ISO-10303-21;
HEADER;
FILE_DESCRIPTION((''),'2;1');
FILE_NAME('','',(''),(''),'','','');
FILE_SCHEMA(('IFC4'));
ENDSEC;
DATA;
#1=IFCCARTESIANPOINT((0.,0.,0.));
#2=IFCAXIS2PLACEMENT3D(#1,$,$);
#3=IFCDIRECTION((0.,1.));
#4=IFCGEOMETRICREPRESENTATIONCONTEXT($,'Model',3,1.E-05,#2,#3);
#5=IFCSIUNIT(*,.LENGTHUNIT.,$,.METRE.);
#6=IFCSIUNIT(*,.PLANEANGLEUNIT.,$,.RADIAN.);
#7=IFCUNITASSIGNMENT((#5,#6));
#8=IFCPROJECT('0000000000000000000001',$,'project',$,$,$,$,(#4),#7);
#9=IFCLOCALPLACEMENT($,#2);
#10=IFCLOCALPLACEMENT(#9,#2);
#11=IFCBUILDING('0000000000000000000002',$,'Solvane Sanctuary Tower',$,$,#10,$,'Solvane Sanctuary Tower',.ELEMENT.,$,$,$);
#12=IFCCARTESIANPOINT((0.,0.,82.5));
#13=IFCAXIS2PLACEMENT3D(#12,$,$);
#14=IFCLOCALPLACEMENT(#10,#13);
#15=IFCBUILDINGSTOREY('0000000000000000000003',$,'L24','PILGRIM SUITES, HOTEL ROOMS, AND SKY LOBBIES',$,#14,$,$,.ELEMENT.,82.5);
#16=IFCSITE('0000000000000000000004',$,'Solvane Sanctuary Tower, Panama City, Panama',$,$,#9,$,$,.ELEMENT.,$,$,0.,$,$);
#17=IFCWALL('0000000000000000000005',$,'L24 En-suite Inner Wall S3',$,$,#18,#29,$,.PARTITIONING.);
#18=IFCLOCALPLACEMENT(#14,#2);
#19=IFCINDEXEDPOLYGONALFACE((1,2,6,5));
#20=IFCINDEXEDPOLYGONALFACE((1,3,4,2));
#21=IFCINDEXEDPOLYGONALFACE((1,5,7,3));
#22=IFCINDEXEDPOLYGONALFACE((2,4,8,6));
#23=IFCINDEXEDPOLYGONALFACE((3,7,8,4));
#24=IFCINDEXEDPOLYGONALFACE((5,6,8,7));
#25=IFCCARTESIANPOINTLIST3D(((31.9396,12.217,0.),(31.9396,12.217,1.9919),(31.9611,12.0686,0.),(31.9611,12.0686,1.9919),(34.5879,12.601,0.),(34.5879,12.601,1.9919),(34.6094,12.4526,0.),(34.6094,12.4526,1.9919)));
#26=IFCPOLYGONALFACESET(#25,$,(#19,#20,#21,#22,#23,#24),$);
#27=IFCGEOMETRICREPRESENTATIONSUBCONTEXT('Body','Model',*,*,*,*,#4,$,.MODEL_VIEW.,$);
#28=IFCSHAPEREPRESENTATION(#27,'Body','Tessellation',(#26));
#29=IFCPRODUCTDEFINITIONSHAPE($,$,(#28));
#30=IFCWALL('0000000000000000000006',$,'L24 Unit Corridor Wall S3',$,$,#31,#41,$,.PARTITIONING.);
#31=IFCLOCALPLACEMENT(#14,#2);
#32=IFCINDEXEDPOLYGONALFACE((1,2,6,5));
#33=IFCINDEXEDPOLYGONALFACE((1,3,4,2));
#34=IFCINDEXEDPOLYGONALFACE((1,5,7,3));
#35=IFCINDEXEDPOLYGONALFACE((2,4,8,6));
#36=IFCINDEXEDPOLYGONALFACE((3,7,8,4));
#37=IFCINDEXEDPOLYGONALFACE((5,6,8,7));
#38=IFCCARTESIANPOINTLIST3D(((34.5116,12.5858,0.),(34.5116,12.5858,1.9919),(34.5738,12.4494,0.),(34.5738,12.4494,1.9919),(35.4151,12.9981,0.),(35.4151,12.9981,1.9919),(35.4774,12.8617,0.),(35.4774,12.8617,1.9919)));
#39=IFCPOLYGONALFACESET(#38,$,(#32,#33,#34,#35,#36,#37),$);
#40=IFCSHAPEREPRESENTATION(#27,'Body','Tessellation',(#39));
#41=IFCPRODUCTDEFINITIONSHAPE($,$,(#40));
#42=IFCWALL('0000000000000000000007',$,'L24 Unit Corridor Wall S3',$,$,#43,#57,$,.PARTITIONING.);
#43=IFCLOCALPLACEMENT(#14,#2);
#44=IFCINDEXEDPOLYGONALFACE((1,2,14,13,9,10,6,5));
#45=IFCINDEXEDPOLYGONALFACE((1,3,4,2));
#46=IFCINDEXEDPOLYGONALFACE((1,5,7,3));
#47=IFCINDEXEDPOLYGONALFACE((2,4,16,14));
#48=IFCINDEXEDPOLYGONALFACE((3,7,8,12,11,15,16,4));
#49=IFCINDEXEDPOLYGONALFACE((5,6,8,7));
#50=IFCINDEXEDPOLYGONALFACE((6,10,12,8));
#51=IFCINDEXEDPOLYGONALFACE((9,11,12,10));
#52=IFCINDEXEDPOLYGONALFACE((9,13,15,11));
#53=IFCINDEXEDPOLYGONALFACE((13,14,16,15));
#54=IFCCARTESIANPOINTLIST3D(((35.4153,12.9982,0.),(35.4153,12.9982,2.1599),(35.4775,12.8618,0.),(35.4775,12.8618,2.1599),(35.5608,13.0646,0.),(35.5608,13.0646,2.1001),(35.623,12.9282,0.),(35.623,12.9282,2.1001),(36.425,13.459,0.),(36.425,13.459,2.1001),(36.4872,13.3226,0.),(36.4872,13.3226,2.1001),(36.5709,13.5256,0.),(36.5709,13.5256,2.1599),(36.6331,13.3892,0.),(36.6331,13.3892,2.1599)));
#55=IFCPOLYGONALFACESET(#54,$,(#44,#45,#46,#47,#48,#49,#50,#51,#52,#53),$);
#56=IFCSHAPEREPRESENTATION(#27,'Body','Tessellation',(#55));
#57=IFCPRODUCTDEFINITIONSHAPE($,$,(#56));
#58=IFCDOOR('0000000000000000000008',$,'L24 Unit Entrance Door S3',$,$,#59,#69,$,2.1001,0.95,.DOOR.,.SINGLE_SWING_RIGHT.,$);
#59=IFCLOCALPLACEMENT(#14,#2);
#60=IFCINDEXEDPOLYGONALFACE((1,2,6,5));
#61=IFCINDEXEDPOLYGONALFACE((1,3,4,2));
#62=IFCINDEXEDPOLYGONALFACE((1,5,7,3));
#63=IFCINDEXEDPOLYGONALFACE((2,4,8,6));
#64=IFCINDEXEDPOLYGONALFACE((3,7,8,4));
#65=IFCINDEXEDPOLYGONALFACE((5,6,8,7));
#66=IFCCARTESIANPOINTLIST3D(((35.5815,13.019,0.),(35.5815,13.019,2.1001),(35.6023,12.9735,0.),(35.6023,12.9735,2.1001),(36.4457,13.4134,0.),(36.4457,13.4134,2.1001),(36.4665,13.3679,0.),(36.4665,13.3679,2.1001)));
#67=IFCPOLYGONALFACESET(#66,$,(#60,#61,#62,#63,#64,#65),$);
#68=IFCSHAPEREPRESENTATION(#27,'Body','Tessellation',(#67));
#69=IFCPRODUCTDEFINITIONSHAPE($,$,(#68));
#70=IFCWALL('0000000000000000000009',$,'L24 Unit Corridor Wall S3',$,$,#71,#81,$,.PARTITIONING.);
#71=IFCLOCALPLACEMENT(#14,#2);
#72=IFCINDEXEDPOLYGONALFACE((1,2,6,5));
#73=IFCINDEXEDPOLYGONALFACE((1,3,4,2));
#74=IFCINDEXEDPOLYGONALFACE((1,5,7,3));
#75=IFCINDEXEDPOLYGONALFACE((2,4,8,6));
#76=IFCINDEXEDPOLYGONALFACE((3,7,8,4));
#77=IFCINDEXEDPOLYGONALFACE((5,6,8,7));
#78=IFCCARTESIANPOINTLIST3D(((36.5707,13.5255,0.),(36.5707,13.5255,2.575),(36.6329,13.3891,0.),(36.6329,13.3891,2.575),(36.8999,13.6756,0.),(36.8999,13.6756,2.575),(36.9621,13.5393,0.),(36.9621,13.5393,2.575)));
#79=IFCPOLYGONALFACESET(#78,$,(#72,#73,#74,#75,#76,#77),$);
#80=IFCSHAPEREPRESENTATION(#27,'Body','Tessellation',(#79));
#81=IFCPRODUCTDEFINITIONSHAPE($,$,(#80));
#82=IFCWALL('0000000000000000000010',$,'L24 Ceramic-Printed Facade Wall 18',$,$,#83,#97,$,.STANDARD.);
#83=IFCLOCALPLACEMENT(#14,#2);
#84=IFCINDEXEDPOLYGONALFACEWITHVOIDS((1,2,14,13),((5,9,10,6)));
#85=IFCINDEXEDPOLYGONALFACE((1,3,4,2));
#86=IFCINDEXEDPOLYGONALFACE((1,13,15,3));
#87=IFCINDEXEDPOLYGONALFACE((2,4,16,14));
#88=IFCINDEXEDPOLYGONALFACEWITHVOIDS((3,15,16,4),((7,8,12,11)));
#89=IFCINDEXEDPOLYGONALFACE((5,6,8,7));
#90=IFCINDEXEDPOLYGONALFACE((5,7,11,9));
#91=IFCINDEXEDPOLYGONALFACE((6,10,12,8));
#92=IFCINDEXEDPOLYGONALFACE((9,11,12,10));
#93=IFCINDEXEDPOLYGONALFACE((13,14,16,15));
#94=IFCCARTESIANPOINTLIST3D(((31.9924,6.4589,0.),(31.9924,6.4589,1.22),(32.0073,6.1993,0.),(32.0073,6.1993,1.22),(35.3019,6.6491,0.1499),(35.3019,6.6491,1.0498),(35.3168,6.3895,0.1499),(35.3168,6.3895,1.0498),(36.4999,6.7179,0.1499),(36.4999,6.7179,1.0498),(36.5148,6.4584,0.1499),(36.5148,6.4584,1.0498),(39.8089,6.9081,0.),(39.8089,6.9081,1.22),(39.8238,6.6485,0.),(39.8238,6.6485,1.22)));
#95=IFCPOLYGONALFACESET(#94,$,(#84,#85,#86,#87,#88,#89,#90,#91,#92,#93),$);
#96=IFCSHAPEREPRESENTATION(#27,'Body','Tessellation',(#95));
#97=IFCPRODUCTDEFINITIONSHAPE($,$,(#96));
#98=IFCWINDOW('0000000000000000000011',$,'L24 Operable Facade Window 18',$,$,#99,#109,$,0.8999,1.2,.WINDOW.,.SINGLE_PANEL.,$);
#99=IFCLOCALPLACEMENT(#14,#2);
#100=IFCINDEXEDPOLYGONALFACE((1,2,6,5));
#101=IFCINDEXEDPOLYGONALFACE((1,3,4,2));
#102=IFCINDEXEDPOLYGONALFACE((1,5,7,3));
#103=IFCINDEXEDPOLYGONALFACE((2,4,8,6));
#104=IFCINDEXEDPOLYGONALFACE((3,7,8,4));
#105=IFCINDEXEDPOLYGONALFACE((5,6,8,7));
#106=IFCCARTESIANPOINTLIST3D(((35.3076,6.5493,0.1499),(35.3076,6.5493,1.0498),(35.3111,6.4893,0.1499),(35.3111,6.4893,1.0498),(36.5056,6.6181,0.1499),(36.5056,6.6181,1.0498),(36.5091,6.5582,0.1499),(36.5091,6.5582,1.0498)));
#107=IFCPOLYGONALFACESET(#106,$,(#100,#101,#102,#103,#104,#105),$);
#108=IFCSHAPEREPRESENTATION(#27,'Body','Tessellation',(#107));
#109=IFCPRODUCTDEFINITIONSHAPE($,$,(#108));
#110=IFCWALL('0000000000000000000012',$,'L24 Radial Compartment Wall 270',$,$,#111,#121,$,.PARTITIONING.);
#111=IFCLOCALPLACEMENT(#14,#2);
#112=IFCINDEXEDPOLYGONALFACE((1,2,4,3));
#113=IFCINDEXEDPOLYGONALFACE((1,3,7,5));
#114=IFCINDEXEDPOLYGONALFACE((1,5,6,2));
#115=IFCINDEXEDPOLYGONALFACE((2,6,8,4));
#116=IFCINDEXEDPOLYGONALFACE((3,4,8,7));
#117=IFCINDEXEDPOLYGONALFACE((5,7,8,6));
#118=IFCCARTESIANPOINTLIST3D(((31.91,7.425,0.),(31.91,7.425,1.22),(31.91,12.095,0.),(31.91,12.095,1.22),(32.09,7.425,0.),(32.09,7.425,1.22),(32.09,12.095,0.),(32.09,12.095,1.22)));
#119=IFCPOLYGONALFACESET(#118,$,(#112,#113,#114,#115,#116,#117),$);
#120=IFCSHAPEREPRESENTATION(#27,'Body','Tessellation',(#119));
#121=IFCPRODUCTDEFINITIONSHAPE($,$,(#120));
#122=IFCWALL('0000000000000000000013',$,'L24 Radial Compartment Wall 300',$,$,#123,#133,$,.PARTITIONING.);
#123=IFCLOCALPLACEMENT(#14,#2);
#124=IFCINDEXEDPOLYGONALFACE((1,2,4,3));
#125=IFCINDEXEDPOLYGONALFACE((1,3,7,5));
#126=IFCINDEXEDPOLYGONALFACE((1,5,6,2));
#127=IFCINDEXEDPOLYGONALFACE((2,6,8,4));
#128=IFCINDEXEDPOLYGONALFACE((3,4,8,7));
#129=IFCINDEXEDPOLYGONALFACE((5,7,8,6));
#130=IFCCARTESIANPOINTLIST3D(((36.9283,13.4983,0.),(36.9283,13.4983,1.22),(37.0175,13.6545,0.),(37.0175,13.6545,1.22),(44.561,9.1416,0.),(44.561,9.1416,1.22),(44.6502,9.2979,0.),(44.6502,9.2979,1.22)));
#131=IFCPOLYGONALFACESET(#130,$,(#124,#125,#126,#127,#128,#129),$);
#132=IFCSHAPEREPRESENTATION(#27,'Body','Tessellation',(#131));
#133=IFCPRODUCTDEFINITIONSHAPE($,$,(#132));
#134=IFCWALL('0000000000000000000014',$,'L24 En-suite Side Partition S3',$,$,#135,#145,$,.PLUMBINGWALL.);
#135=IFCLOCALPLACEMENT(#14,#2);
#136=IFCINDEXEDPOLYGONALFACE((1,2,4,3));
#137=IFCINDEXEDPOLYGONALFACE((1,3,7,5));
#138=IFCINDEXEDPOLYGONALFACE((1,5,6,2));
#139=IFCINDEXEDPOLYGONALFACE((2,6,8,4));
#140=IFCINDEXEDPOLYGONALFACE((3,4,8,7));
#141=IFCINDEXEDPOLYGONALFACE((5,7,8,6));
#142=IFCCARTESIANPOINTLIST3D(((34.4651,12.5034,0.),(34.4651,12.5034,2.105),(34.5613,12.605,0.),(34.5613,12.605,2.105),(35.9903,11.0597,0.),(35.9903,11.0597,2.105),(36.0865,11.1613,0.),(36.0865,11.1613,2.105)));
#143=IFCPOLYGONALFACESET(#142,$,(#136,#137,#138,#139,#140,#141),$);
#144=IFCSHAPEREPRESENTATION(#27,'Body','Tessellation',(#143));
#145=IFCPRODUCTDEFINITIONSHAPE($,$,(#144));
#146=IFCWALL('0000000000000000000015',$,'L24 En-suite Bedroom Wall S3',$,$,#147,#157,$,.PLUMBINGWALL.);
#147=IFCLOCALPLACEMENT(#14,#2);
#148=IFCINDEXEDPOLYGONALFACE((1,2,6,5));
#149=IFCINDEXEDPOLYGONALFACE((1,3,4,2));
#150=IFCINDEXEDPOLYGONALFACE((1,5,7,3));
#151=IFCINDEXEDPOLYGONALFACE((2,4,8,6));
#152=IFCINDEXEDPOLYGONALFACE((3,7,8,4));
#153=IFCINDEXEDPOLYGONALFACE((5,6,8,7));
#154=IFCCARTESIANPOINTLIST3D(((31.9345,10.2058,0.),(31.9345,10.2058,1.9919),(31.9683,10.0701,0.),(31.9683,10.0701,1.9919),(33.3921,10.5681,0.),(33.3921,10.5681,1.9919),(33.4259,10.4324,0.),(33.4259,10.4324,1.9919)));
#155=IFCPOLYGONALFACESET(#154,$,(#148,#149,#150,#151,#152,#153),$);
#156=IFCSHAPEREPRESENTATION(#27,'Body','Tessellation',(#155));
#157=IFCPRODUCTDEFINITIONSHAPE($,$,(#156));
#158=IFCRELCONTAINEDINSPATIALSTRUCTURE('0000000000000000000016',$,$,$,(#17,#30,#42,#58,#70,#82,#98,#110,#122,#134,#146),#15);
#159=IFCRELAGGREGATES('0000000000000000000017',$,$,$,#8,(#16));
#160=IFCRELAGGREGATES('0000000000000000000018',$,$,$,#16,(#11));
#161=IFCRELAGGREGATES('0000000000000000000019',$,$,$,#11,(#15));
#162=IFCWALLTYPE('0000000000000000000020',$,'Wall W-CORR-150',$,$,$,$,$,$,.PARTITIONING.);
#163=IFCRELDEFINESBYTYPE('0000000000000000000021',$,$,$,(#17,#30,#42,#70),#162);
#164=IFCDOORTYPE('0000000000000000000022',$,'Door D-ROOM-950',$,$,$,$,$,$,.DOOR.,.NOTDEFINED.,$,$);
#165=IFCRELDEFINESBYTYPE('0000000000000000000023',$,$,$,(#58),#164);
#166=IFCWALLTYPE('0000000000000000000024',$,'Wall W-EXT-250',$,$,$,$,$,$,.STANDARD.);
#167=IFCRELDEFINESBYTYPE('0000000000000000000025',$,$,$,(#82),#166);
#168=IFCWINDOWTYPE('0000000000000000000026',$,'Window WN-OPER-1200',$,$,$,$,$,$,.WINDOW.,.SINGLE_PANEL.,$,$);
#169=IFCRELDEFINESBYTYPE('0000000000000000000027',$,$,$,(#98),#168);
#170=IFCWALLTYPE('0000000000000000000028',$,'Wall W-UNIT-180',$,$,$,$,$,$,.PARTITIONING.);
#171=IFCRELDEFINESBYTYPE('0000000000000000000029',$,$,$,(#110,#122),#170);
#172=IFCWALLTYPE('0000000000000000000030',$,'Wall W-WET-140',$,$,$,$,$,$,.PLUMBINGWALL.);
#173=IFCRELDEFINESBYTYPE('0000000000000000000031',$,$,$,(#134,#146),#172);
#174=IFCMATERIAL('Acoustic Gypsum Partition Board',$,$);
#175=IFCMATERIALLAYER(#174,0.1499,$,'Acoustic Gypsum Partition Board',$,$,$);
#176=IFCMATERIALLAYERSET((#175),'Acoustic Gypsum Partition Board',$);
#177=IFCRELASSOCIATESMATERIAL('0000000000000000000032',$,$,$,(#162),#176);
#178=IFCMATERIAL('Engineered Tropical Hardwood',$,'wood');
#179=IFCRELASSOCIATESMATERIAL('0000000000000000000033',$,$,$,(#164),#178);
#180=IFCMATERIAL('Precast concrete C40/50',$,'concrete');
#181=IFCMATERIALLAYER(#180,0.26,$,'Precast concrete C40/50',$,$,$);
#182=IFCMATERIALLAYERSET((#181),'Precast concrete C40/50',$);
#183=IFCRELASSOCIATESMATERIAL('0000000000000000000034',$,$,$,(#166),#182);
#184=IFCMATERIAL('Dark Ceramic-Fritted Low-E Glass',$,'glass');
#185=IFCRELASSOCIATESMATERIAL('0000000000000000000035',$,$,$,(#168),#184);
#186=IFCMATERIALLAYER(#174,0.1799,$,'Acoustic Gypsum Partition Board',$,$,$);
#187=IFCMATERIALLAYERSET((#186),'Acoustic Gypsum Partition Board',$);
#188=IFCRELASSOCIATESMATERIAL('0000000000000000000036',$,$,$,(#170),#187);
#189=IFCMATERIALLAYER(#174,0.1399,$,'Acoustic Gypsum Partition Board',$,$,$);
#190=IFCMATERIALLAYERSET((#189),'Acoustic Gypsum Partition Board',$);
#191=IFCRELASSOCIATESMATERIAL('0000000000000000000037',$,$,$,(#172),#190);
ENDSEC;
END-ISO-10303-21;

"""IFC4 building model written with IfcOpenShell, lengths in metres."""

from ifc_helpers import new_model, si_unit, direction, frame, frame_2d, origin, place, context, subcontext, project, spatial, rectangle, extrude, material, layer, layer_set, type_object, element, fill, save


model = new_model("IFC4")

# Units and contexts
model_context = context("Model", 3, precision=1e-05, world=origin(), true_north=direction((0.0, 1.0)))
body_context = subcontext(model_context, "Body", "Model", "MODEL_VIEW")
ifc_project = project(units=[si_unit("LENGTHUNIT", "METRE"), si_unit("PLANEANGLEUNIT", "RADIAN")], contexts=[model_context])

# Site, building, storey
site_placement = place(None, origin())
site = spatial("IfcSite", under=ifc_project, at=site_placement, Name="Solvane Sanctuary Tower, Panama City, Panama", CompositionType="ELEMENT", RefElevation=0.0)
building_placement = place(site_placement, origin())
building = spatial("IfcBuilding", under=site, at=building_placement, Name="Solvane Sanctuary Tower", LongName="Solvane Sanctuary Tower", CompositionType="ELEMENT")
storey_placement = place(building_placement, frame((0.0, 0.0, 82.5)))
storey = spatial("IfcBuildingStorey", under=building, at=storey_placement, Name="L24", Description="PILGRIM SUITES, HOTEL ROOMS, AND SKY LOBBIES", CompositionType="ELEMENT", Elevation=82.5)

# Walls
ifc_material_1 = material(Name="Acoustic Gypsum Partition Board")
ifc_layer_1 = layer(ifc_material_1, 0.1499, Name="Acoustic Gypsum Partition Board")
ifc_layer_set_1 = layer_set([ifc_layer_1], Name="Acoustic Gypsum Partition Board")
wall_type_1 = type_object("IfcWallType", Name="Wall W-CORR-150", PredefinedType="PARTITIONING", material=ifc_layer_set_1)
wall_1_placement = place(storey_placement, frame((31.9504, 12.1428, 0.0), z_axis=(0.0, 0.0, 1.0), x_axis=(0.98965, 0.143503, 0.0)))
element("IfcWall", 1, at=wall_1_placement, inside=storey, type_object=wall_type_1, Name="L24 En-suite Inner Wall S3", PredefinedType="PARTITIONING", context=body_context, shape_type="SweptSolid", body=[
    extrude(rectangle(XDim=2.676, YDim=0.1499, at=frame_2d((1.3379, 0.0))), origin(), (0.0, 0.0, 1.0), 1.9919),
])
wall_2_placement = place(storey_placement, frame((34.5427, 12.5176, 0.0), z_axis=(0.0, 0.0, 1.0), x_axis=(0.909743, 0.415173, 0.0)))
element("IfcWall", 2, at=wall_2_placement, inside=storey, type_object=wall_type_1, Name="L24 Unit Corridor Wall S3", PredefinedType="PARTITIONING", context=body_context, shape_type="SweptSolid", body=[
    extrude(rectangle(XDim=0.9932, YDim=0.1499, at=frame_2d((0.4966, 0.0))), origin(), (0.0, 0.0, 1.0), 1.9919),
])

# Wall, opening, door
wall_3_placement = place(storey_placement, frame((35.4463, 12.9299, 0.0), z_axis=(0.0, 0.0, 1.0), x_axis=(0.90974, 0.415178, 0.0)))
wall_3 = element("IfcWall", 3, at=wall_3_placement, inside=storey, type_object=wall_type_1, Name="L24 Unit Corridor Wall S3", PredefinedType="PARTITIONING", context=body_context, shape_type="SweptSolid", body=[
    extrude(rectangle(XDim=1.2703, YDim=0.1499, at=frame_2d((0.6353, 0.0))), origin(), (0.0, 0.0, 1.0), 2.1599),
])
opening_1_placement = place(wall_3_placement, frame((0.1599, 0.0, 0.0)))
opening_1 = element("IfcOpeningElement", 4, at=opening_1_placement, cuts=wall_3, PredefinedType="OPENING", context=body_context, shape_type="SweptSolid", body=[
    extrude(rectangle(XDim=0.95, YDim=2.1001, at=frame_2d((0.4751, 1.05))), frame((0.0, 0.085, 0.0), z_axis=(0.0, -1.0, 0.0), x_axis=(1.0, 0.0, 0.0)), (0.0, 0.0, 1.0), 0.1699),
])
ifc_material_2 = material(Name="Engineered Tropical Hardwood", Category="wood")
door_type_1 = type_object("IfcDoorType", Name="Door D-ROOM-950", OperationType="NOTDEFINED", PredefinedType="DOOR", material=ifc_material_2)
door_1_placement = place(opening_1_placement, origin())
door_1 = element("IfcDoor", 5, at=door_1_placement, inside=storey, type_object=door_type_1, Name="L24 Unit Entrance Door S3", OperationType="SINGLE_SWING_RIGHT", OverallHeight=2.1001, OverallWidth=0.95, PredefinedType="DOOR", context=body_context, shape_type="SweptSolid", body=[
    extrude(rectangle(XDim=0.95, YDim=2.1001, at=frame_2d((0.4751, 1.05))), frame((0.0, 0.0249, 0.0), z_axis=(0.0, -1.0, 0.0), x_axis=(1.0, 0.0, 0.0)), (0.0, 0.0, 1.0), 0.05),
])
fill(opening_1, door_1)

# Wall
wall_4_placement = place(storey_placement, frame((36.6018, 13.4573, 0.0), z_axis=(0.0, 0.0, 1.0), x_axis=(0.909788, 0.415074, 0.0)))
element("IfcWall", 6, at=wall_4_placement, inside=storey, type_object=wall_type_1, Name="L24 Unit Corridor Wall S3", PredefinedType="PARTITIONING", context=body_context, shape_type="SweptSolid", body=[
    extrude(rectangle(XDim=0.3618, YDim=0.1499, at=frame_2d((0.1809, 0.0))), origin(), (0.0, 0.0, 1.0), 2.575),
])

# Wall, opening, window
ifc_material_3 = material(Name="Precast concrete C40/50", Category="concrete")
ifc_layer_2 = layer(ifc_material_3, 0.26, Name="Precast concrete C40/50")
ifc_layer_set_2 = layer_set([ifc_layer_2], Name="Precast concrete C40/50")
wall_type_2 = type_object("IfcWallType", Name="Wall W-EXT-250", PredefinedType="STANDARD", material=ifc_layer_set_2)
wall_5_placement = place(storey_placement, frame((32.0, 6.3291, 0.0), z_axis=(0.0, 0.0, 1.0), x_axis=(0.998353, 0.057377, 0.0)))
wall_5 = element("IfcWall", 7, at=wall_5_placement, inside=storey, type_object=wall_type_2, Name="L24 Ceramic-Printed Facade Wall 18", PredefinedType="STANDARD", context=body_context, shape_type="SweptSolid", body=[
    extrude(rectangle(XDim=7.8293, YDim=0.26, at=frame_2d((3.9146, 0.0))), origin(), (0.0, 0.0, 1.0), 1.22),
])
opening_2_placement = place(wall_5_placement, frame((3.3147, 0.0, 0.1499)))
opening_2 = element("IfcOpeningElement", 8, at=opening_2_placement, cuts=wall_5, PredefinedType="OPENING", context=body_context, shape_type="SweptSolid", body=[
    extrude(rectangle(XDim=1.2, YDim=0.8999, at=frame_2d((0.6001, 0.45))), frame((0.0, 0.1399, 0.0), z_axis=(0.0, -1.0, 0.0), x_axis=(1.0, 0.0, 0.0)), (0.0, 0.0, 1.0), 0.28),
])
ifc_material_4 = material(Name="Dark Ceramic-Fritted Low-E Glass", Category="glass")
window_type = type_object("IfcWindowType", Name="Window WN-OPER-1200", PartitioningType="SINGLE_PANEL", PredefinedType="WINDOW", material=ifc_material_4)
window_placement = place(opening_2_placement, origin())
window = element("IfcWindow", 9, at=window_placement, inside=storey, type_object=window_type, Name="L24 Operable Facade Window 18", OverallHeight=0.8999, OverallWidth=1.2, PartitioningType="SINGLE_PANEL", PredefinedType="WINDOW", context=body_context, shape_type="SweptSolid", body=[
    extrude(rectangle(XDim=1.2, YDim=0.8999, at=frame_2d((0.6001, 0.45))), frame((0.0, 0.03, 0.0), z_axis=(0.0, -1.0, 0.0), x_axis=(1.0, 0.0, 0.0)), (0.0, 0.0, 1.0), 0.0601),
])
fill(opening_2, window)

# Walls
ifc_layer_3 = layer(ifc_material_1, 0.1799, Name="Acoustic Gypsum Partition Board")
ifc_layer_set_3 = layer_set([ifc_layer_3], Name="Acoustic Gypsum Partition Board")
wall_type_3 = type_object("IfcWallType", Name="Wall W-UNIT-180", PredefinedType="PARTITIONING", material=ifc_layer_set_3)
wall_6_placement = place(storey_placement, frame((32.0, 12.095, 0.0), z_axis=(0.0, 0.0, 1.0), x_axis=(0.0, -1.0, 0.0)))
element("IfcWall", 10, at=wall_6_placement, inside=storey, type_object=wall_type_3, Name="L24 Radial Compartment Wall 270", PredefinedType="PARTITIONING", context=body_context, shape_type="SweptSolid", body=[
    extrude(rectangle(XDim=4.6699, YDim=0.1799, at=frame_2d((2.335, 0.0))), origin(), (0.0, 0.0, 1.0), 1.22),
])
wall_7_placement = place(storey_placement, frame((36.9729, 13.5764, 0.0), z_axis=(0.0, 0.0, 1.0), x_axis=(0.868484, -0.495717, 0.0)))
element("IfcWall", 11, at=wall_7_placement, inside=storey, type_object=wall_type_3, Name="L24 Radial Compartment Wall 300", PredefinedType="PARTITIONING", context=body_context, shape_type="SweptSolid", body=[
    extrude(rectangle(XDim=8.7886, YDim=0.1799, at=frame_2d((4.3943, 0.0))), origin(), (0.0, 0.0, 1.0), 1.22),
])
ifc_layer_4 = layer(ifc_material_1, 0.1399, Name="Acoustic Gypsum Partition Board")
ifc_layer_set_4 = layer_set([ifc_layer_4], Name="Acoustic Gypsum Partition Board")
wall_type_4 = type_object("IfcWallType", Name="Wall W-WET-140", PredefinedType="PLUMBINGWALL", material=ifc_layer_set_4)
wall_8_placement = place(storey_placement, frame((34.5132, 12.5542, 0.0), z_axis=(0.0, 0.0, 1.0), x_axis=(0.726255, -0.687425, 0.0)))
element("IfcWall", 12, at=wall_8_placement, inside=storey, type_object=wall_type_4, Name="L24 En-suite Side Partition S3", PredefinedType="PLUMBINGWALL", context=body_context, shape_type="SweptSolid", body=[
    extrude(rectangle(XDim=2.1001, YDim=0.1399, at=frame_2d((1.05, 0.0))), origin(), (0.0, 0.0, 1.0), 2.105),
])
wall_9_placement = place(storey_placement, frame((31.9514, 10.1379, 0.0), z_axis=(0.0, 0.0, 1.0), x_axis=(0.970467, 0.241235, 0.0)))
element("IfcWall", 13, at=wall_9_placement, inside=storey, type_object=wall_type_4, Name="L24 En-suite Bedroom Wall S3", PredefinedType="PLUMBINGWALL", context=body_context, shape_type="SweptSolid", body=[
    extrude(rectangle(XDim=1.502, YDim=0.1399, at=frame_2d((0.751, 0.0))), origin(), (0.0, 0.0, 1.0), 1.9919),
])

save(model, "model.ifc")
